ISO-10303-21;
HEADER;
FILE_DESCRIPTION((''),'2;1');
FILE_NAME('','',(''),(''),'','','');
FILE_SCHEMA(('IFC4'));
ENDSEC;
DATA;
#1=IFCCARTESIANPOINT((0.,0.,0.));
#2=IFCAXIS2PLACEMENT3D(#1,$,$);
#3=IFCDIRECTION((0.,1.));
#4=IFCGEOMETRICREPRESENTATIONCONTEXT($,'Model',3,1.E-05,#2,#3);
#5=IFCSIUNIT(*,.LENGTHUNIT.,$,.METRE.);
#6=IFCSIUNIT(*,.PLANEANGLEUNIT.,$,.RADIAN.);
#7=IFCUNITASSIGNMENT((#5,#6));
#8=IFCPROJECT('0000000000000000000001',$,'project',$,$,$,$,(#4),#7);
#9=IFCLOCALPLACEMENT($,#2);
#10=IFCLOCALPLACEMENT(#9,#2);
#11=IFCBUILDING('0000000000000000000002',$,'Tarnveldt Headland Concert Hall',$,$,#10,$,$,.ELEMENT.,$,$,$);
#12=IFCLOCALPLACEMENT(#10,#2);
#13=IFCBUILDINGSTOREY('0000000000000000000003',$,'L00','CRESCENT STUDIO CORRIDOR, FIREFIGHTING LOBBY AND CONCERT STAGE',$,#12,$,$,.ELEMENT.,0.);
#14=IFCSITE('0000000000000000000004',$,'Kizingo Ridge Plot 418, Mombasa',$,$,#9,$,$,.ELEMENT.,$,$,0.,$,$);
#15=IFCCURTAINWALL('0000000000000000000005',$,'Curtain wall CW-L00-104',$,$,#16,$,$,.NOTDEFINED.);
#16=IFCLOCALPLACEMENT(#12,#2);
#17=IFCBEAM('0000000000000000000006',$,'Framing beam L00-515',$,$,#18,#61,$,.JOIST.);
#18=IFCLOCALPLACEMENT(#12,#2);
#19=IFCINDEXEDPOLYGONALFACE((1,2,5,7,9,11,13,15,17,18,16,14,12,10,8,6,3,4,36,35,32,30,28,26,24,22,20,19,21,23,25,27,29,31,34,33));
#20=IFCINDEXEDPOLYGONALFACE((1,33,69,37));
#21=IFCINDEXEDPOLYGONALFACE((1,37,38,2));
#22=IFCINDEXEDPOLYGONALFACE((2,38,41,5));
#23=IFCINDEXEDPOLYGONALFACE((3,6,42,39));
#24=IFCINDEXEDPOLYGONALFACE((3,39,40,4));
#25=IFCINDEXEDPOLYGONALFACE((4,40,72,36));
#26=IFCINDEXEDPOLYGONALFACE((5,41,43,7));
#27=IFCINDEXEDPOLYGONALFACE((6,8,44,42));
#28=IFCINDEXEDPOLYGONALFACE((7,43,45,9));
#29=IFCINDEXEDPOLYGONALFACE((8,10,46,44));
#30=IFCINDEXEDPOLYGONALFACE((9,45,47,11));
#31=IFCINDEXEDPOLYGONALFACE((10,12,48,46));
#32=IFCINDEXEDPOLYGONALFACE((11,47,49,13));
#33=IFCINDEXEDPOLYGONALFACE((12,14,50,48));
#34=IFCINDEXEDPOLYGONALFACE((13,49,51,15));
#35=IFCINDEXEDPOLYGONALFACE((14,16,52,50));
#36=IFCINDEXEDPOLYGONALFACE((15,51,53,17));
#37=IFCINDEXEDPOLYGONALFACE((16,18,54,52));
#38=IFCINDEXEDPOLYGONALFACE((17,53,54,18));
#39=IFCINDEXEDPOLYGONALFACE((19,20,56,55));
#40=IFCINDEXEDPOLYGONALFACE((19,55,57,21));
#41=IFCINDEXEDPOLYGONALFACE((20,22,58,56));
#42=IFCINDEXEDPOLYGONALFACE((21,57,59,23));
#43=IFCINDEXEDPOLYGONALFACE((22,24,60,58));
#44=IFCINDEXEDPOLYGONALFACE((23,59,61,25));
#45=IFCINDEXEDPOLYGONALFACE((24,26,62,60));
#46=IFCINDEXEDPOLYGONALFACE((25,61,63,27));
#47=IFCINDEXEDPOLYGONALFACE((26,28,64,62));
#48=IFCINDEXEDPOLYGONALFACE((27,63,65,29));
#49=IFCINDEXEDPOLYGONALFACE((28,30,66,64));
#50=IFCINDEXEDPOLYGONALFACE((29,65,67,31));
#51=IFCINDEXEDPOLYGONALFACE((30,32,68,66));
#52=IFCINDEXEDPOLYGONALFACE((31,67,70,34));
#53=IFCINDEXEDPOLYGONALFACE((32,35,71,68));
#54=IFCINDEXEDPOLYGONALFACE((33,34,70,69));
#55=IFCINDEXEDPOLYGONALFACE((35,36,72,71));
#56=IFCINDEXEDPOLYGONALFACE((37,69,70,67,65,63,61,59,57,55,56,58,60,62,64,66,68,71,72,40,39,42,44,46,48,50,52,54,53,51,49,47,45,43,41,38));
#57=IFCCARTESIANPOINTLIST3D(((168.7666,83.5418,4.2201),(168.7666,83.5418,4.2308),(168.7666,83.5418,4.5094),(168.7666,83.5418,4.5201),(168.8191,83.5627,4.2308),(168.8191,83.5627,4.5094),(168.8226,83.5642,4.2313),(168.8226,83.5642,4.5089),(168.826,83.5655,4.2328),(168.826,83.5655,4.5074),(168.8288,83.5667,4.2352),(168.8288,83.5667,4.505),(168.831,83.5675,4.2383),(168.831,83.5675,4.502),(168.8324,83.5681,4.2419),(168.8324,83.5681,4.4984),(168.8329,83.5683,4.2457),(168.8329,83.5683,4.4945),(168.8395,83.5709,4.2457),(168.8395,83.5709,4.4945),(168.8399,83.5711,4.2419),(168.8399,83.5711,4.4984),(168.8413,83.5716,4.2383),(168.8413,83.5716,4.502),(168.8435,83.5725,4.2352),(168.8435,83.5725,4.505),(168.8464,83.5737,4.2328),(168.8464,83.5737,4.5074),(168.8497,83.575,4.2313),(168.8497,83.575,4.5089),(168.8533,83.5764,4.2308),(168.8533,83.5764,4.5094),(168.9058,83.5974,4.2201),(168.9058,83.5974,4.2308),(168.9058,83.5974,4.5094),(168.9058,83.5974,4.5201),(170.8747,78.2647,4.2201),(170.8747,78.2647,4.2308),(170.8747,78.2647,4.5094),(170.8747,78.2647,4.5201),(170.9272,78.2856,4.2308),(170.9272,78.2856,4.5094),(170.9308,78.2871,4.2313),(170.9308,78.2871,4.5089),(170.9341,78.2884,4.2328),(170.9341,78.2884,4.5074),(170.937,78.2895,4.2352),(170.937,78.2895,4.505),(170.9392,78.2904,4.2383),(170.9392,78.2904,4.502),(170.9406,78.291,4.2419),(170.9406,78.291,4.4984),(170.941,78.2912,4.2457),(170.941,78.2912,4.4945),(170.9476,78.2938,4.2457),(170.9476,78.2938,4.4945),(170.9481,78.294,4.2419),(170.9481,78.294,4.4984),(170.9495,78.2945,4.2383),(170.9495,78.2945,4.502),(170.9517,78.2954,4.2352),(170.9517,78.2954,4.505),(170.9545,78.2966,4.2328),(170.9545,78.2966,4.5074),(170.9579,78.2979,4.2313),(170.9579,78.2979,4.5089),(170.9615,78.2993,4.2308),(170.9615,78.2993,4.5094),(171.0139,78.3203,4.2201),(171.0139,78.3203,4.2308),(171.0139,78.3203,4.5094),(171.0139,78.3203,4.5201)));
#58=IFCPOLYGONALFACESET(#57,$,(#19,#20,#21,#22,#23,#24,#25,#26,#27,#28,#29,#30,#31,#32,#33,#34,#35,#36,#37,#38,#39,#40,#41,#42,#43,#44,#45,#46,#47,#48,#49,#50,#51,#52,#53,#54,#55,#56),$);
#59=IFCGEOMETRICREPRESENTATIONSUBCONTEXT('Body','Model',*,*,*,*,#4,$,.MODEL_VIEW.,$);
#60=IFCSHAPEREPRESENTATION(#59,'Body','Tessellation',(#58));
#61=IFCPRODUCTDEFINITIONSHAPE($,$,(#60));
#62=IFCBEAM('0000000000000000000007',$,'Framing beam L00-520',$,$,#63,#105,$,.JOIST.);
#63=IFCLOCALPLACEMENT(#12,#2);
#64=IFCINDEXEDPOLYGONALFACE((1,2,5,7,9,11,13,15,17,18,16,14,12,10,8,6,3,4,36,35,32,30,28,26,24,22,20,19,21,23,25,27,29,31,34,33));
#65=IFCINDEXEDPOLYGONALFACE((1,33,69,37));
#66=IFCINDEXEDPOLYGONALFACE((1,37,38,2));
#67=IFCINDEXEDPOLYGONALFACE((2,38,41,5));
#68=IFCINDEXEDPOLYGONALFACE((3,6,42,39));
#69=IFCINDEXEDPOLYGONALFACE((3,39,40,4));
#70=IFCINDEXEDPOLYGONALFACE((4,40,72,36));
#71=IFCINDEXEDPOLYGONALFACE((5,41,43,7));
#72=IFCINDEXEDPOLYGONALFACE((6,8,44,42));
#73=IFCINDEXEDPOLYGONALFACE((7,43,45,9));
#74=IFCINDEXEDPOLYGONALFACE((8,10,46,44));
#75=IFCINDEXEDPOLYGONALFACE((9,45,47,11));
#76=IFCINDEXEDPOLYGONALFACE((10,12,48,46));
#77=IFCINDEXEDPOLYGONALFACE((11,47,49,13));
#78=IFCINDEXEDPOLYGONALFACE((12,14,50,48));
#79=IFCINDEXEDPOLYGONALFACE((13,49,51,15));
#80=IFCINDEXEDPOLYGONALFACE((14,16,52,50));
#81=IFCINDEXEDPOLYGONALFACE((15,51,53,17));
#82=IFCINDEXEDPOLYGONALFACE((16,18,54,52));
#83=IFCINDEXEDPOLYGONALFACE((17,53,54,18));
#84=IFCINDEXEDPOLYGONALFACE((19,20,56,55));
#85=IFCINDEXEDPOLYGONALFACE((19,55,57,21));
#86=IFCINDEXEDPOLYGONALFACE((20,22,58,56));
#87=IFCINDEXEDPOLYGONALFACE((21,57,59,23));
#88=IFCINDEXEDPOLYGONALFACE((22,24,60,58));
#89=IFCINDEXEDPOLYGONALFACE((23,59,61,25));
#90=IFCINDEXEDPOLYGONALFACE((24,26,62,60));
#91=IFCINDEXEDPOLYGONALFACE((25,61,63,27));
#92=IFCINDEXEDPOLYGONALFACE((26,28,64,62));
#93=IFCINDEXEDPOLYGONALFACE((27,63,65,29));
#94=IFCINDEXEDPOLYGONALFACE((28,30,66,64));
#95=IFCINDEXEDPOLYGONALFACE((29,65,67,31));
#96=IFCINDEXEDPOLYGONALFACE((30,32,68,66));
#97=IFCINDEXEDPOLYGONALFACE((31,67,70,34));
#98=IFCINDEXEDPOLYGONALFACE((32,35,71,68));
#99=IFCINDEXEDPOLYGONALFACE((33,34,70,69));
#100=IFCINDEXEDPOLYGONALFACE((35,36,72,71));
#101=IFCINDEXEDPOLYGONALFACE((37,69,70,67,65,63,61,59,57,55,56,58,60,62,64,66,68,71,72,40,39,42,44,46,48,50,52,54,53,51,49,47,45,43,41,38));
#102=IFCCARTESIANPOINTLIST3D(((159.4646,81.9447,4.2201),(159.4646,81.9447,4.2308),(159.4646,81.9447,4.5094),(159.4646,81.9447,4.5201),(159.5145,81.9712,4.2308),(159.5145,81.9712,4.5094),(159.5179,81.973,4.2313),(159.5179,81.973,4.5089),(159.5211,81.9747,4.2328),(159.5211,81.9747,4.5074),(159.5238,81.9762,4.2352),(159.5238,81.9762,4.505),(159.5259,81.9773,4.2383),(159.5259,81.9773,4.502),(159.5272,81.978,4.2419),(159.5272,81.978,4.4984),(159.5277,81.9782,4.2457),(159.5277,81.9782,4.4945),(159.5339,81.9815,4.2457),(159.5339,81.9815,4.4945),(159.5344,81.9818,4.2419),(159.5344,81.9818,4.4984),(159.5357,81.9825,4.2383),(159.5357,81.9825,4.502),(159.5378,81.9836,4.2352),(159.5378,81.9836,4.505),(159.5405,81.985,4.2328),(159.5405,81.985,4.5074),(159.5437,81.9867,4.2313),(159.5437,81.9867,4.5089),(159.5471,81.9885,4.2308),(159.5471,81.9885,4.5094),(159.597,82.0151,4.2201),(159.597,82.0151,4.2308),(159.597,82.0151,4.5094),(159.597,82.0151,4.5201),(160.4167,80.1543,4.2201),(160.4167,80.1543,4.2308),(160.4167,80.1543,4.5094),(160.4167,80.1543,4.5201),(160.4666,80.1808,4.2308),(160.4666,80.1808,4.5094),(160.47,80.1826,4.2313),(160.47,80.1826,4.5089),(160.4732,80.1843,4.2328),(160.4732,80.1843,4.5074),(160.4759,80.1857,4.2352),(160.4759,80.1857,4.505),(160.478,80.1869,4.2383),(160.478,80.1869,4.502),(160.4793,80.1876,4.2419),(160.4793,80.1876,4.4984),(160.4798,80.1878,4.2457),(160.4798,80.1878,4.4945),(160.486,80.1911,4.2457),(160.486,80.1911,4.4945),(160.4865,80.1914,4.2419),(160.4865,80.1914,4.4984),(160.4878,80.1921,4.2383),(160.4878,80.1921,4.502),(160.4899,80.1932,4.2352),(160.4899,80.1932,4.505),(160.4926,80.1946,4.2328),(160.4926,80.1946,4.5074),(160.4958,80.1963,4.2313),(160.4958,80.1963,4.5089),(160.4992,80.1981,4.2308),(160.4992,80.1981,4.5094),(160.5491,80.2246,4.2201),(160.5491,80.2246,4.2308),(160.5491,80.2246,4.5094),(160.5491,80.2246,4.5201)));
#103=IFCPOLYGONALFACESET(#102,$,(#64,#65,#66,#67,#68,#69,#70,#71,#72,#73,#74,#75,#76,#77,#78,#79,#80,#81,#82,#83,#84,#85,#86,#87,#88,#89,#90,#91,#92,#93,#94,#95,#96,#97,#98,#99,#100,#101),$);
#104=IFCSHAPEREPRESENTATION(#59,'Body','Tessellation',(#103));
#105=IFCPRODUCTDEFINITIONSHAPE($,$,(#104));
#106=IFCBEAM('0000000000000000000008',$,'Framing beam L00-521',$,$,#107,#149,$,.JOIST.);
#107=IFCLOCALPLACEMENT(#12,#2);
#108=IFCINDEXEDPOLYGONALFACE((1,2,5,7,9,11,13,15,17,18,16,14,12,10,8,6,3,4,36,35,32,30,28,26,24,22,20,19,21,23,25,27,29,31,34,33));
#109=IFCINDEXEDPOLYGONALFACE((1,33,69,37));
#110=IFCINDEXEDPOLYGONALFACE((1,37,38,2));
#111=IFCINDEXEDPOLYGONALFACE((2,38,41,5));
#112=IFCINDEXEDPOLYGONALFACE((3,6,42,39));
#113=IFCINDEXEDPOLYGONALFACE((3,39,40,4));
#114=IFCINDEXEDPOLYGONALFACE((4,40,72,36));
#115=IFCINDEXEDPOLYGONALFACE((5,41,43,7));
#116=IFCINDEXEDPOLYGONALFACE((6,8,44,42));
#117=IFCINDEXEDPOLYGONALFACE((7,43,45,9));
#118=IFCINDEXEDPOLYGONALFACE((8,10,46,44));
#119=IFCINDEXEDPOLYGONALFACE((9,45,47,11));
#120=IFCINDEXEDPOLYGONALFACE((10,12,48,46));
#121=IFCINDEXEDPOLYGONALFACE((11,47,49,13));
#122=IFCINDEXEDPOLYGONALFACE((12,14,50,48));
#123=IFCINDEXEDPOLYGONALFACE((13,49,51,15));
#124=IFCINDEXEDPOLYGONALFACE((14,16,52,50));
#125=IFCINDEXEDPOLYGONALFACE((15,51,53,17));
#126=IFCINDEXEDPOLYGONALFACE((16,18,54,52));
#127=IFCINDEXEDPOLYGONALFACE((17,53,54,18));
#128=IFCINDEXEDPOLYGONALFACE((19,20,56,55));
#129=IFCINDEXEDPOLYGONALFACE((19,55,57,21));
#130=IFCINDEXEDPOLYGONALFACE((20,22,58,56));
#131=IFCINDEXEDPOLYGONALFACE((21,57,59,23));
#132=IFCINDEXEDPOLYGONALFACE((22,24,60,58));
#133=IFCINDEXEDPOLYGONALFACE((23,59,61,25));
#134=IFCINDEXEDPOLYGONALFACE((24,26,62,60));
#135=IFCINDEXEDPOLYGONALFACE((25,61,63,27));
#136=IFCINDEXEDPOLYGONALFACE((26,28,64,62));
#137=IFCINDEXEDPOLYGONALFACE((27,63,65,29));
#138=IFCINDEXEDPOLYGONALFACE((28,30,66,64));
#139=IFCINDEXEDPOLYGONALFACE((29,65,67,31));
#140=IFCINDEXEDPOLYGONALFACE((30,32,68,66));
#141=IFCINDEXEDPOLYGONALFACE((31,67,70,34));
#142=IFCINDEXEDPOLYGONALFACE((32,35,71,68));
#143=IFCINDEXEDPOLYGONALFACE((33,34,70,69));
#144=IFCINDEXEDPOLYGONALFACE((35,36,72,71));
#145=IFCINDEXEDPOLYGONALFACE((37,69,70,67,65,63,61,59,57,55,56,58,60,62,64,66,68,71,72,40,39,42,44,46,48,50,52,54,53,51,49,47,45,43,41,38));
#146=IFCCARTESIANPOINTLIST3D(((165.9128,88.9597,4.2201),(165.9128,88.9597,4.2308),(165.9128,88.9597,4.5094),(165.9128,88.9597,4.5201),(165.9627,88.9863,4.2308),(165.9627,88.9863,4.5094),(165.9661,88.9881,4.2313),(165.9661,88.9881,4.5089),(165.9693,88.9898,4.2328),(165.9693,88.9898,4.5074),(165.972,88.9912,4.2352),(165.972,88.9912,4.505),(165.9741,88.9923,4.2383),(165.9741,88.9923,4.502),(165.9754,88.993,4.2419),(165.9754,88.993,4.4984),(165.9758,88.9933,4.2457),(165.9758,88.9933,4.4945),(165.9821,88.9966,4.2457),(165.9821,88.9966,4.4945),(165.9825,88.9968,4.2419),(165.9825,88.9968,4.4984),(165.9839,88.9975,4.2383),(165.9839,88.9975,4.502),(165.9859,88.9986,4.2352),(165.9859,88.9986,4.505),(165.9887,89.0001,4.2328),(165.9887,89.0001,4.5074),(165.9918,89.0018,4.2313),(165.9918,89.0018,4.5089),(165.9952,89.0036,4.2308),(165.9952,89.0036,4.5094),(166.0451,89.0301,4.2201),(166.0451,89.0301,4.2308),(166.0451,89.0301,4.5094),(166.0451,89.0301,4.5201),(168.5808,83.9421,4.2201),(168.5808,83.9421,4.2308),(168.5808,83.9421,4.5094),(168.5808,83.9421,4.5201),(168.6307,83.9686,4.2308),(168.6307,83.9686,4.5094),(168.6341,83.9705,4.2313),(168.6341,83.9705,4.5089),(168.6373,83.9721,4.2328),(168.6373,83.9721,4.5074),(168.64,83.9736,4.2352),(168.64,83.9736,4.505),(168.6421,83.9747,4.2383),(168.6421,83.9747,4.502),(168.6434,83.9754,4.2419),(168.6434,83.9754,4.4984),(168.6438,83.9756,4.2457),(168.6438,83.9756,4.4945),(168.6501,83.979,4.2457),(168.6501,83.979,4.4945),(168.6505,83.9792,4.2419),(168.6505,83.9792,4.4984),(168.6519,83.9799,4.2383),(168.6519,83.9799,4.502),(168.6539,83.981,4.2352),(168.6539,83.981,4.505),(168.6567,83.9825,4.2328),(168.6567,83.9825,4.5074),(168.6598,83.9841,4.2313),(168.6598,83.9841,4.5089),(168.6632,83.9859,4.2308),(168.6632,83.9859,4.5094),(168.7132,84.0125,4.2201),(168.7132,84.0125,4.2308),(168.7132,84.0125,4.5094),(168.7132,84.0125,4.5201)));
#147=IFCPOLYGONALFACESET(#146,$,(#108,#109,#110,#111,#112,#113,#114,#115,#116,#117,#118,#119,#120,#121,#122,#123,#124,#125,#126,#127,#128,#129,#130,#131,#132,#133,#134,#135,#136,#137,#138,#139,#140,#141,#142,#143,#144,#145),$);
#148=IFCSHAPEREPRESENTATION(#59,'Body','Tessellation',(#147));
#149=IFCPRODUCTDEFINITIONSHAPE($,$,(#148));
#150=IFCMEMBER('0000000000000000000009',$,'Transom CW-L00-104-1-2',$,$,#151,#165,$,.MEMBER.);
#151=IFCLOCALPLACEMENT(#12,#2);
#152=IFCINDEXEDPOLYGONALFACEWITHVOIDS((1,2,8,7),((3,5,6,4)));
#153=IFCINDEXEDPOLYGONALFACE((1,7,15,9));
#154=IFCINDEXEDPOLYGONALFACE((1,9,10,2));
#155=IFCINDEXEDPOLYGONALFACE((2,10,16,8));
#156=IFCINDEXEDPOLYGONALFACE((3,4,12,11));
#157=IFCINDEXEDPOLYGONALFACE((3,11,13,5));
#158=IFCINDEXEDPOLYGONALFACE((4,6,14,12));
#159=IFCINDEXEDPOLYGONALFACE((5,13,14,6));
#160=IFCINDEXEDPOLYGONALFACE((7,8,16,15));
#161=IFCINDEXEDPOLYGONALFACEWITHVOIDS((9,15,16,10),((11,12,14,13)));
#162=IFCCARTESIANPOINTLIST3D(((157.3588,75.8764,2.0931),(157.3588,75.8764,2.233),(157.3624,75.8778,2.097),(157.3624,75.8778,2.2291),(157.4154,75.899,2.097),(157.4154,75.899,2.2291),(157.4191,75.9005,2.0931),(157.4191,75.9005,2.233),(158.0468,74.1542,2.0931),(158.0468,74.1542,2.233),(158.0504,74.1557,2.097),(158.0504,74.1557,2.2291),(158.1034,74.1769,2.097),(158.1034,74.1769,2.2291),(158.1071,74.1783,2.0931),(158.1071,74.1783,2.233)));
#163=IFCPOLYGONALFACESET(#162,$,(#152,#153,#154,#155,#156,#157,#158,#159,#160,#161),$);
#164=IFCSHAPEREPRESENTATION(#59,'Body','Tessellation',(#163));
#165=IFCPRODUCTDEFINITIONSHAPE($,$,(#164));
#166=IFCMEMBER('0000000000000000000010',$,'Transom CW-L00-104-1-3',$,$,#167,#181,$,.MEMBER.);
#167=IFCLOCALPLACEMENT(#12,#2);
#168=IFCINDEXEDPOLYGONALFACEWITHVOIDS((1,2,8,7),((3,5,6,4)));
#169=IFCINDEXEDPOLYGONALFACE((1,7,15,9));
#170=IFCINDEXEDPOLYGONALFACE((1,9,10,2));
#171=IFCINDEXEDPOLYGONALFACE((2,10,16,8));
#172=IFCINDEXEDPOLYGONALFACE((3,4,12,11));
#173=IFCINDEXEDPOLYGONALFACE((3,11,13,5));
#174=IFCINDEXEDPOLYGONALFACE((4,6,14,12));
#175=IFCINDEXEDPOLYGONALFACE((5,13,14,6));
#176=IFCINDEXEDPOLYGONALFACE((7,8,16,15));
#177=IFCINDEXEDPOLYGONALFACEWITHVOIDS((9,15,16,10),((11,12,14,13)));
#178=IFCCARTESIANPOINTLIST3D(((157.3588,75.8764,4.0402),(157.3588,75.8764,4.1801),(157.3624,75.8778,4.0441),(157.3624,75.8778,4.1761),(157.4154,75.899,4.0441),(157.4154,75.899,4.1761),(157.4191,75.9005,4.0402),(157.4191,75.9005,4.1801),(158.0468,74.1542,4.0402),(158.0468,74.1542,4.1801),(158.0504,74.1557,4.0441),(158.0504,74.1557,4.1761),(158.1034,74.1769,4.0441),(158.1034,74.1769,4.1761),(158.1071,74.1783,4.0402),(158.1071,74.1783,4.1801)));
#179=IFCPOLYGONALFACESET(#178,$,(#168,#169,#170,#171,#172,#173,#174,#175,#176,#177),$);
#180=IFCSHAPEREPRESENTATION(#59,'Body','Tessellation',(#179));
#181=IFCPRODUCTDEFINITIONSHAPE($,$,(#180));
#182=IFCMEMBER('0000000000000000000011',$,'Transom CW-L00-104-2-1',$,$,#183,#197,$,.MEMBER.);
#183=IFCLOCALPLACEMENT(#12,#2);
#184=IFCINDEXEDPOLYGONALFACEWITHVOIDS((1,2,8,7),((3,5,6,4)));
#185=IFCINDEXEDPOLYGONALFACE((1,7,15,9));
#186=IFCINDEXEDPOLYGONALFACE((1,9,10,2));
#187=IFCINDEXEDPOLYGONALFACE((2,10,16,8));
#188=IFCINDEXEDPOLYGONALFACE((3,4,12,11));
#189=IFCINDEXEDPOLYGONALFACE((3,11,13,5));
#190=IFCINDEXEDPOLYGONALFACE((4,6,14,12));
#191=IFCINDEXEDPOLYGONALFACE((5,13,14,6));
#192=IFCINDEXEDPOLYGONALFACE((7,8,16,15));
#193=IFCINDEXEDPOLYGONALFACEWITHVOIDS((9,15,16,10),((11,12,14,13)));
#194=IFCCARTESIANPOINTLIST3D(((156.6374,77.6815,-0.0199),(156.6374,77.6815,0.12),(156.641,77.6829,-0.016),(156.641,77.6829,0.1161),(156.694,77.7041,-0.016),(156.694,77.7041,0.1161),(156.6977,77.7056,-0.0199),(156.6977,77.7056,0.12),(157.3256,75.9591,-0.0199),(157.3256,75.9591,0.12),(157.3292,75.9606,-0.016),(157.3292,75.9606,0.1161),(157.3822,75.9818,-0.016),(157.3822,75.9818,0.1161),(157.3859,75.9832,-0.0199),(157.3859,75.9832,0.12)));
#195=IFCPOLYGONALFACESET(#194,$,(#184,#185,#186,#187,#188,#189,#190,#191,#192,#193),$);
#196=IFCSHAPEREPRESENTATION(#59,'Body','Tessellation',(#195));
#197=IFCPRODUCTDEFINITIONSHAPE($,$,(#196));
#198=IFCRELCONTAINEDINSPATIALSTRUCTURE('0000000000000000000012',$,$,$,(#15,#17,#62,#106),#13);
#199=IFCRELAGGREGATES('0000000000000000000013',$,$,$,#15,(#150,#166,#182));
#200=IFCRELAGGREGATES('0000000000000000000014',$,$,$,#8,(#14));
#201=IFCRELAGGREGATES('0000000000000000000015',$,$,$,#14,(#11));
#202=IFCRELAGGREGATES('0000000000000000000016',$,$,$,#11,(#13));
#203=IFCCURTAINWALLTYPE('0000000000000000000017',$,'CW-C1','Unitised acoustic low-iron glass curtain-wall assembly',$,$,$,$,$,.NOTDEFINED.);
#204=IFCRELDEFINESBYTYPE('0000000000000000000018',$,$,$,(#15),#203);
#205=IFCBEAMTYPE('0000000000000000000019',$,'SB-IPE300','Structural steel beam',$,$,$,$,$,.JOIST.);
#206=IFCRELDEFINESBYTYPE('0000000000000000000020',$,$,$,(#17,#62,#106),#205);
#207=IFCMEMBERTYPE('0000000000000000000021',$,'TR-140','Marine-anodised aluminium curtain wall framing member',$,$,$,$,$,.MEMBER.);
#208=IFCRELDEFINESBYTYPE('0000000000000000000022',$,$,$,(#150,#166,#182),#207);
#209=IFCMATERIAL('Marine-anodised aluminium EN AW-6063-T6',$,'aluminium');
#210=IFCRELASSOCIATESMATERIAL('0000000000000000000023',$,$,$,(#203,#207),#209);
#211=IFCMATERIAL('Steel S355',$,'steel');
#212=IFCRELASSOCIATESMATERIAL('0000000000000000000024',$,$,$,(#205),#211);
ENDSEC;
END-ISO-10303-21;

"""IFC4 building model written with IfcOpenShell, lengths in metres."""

from ifc_helpers import new_model, si_unit, direction, frame, origin, origin_2d, place, context, subcontext, project, spatial, hollow_rectangle, i_section, extrude, material, material_profile, profile_set, type_object, element, aggregate, save


model = new_model("IFC4")

# Units and contexts
model_context = context("Model", 3, precision=1e-05, world=origin(), true_north=direction((0.0, 1.0)))
body_context = subcontext(model_context, "Body", "Model", "MODEL_VIEW")
ifc_project = project(units=[si_unit("LENGTHUNIT", "METRE"), si_unit("PLANEANGLEUNIT", "RADIAN")], contexts=[model_context])

# Site, building, storey
site_placement = place(None, origin())
site = spatial("IfcSite", under=ifc_project, at=site_placement, Name="Kizingo Ridge Plot 418, Mombasa", CompositionType="ELEMENT", RefElevation=0.0)
building_placement = place(site_placement, origin())
building = spatial("IfcBuilding", under=site, at=building_placement, Name="Tarnveldt Headland Concert Hall", CompositionType="ELEMENT")
storey_placement = place(building_placement, origin())
storey = spatial("IfcBuildingStorey", under=building, at=storey_placement, Name="L00", Description="CRESCENT STUDIO CORRIDOR, FIREFIGHTING LOBBY AND CONCERT STAGE", CompositionType="ELEMENT", Elevation=0.0)

# Curtain wall
ifc_material_1 = material(Name="Marine-anodised aluminium EN AW-6063-T6", Category="aluminium")
curtain_wall_type = type_object("IfcCurtainWallType", Name="CW-C1", Description="Unitised acoustic low-iron glass curtain-wall assembly", PredefinedType="NOTDEFINED", material=ifc_material_1)
curtain_wall_placement = place(storey_placement, origin())
curtain_wall = element("IfcCurtainWall", 1, at=curtain_wall_placement, inside=storey, type_object=curtain_wall_type, Name="Curtain wall CW-L00-104", PredefinedType="NOTDEFINED")

# Beams
ifc_material_2 = material(Name="Steel S355", Category="steel")
ifc_material_profile_1 = material_profile(ifc_material_2, i_section(OverallWidth=0.1499, OverallDepth=0.3, WebThickness=0.0071, FlangeThickness=0.0107, FilletRadius=0.0149, at=origin_2d()), Name="IPE300", Category="steel")
ifc_profile_set_1 = profile_set([ifc_material_profile_1], Name="Steel S355")
beam_type_1 = type_object("IfcBeamType", Name="SB-IPE300", Description="Structural steel beam", PredefinedType="JOIST", material=ifc_profile_set_1)
beam_1_placement = place(storey_placement, frame((170.9443, 78.2925, 4.3701), z_axis=(-0.370983, 0.92864, 0.0), x_axis=(-0.92864, -0.370983, 0.0)))
element("IfcBeam", 2, at=beam_1_placement, inside=storey, type_object=beam_type_1, Name="Framing beam L00-515", PredefinedType="JOIST", context=body_context, shape_type="SweptSolid", body=[
    extrude(i_section(OverallWidth=0.1499, OverallDepth=0.3, WebThickness=0.0071, FlangeThickness=0.0107, FilletRadius=0.0149, at=origin_2d()), origin(), (0.0, 0.0, 1.0), 5.6826),
])
beam_2_placement = place(storey_placement, frame((160.4829, 80.1895, 4.3701), z_axis=(-0.469513, 0.882925, 0.0), x_axis=(-0.882925, -0.469513, 0.0)))
element("IfcBeam", 3, at=beam_2_placement, inside=storey, type_object=beam_type_1, Name="Framing beam L00-520", PredefinedType="JOIST", context=body_context, shape_type="SweptSolid", body=[
    extrude(i_section(OverallWidth=0.1499, OverallDepth=0.3, WebThickness=0.0071, FlangeThickness=0.0107, FilletRadius=0.0149, at=origin_2d()), origin(), (0.0, 0.0, 1.0), 2.0278),
])
beam_3_placement = place(storey_placement, frame((168.647, 83.9773, 4.3701), z_axis=(-0.469482, 0.882942, 0.0), x_axis=(-0.882942, -0.469482, 0.0)))
element("IfcBeam", 4, at=beam_3_placement, inside=storey, type_object=beam_type_1, Name="Framing beam L00-521", PredefinedType="JOIST", context=body_context, shape_type="SweptSolid", body=[
    extrude(i_section(OverallWidth=0.1499, OverallDepth=0.3, WebThickness=0.0071, FlangeThickness=0.0107, FilletRadius=0.0149, at=origin_2d()), origin(), (0.0, 0.0, 1.0), 5.6829),
])

# Members
ifc_material_profile_2 = material_profile(ifc_material_1, hollow_rectangle(XDim=0.0649, YDim=0.1399, WallThickness=0.0039, at=origin_2d()), Name="ALU TRANSOM 65x140x4", Category="aluminium")
ifc_profile_set_2 = profile_set([ifc_material_profile_2], Name="Marine-anodised aluminium EN AW-6063-T6")
member_type_1 = type_object("IfcMemberType", Name="TR-140", Description="Marine-anodised aluminium curtain wall framing member", PredefinedType="MEMBER", material=ifc_profile_set_2)
member_1_placement = place(storey_placement, frame((158.0769, 74.1663, 2.1631), z_axis=(-0.370982, 0.92864, 0.0), x_axis=(-0.92864, -0.370982, 0.0)))
member_1 = element("IfcMember", 5, at=member_1_placement, type_object=member_type_1, Name="Transom CW-L00-104-1-2", PredefinedType="MEMBER", context=body_context, shape_type="SweptSolid", body=[
    extrude(hollow_rectangle(XDim=0.0649, YDim=0.1399, WallThickness=0.0039, at=origin_2d()), origin(), (0.0, 0.0, 1.0), 1.8545),
])
member_2_placement = place(storey_placement, frame((158.0769, 74.1663, 4.1101), z_axis=(-0.370982, 0.92864, 0.0), x_axis=(-0.92864, -0.370982, 0.0)))
member_2 = element("IfcMember", 6, at=member_2_placement, type_object=member_type_1, Name="Transom CW-L00-104-1-3", PredefinedType="MEMBER", context=body_context, shape_type="SweptSolid", body=[
    extrude(hollow_rectangle(XDim=0.0649, YDim=0.1399, WallThickness=0.0039, at=origin_2d()), origin(), (0.0, 0.0, 1.0), 1.8545),
])
member_3_placement = place(storey_placement, frame((157.3557, 75.9712, 0.05), z_axis=(-0.37105, 0.928613, 0.0), x_axis=(-0.928613, -0.37105, 0.0)))
member_3 = element("IfcMember", 7, at=member_3_placement, type_object=member_type_1, Name="Transom CW-L00-104-2-1", PredefinedType="MEMBER", context=body_context, shape_type="SweptSolid", body=[
    extrude(hollow_rectangle(XDim=0.0649, YDim=0.1399, WallThickness=0.0039, at=origin_2d()), origin(), (0.0, 0.0, 1.0), 1.8547),
])

aggregate(curtain_wall, [member_1, member_2, member_3])

save(model, "model.ifc")
